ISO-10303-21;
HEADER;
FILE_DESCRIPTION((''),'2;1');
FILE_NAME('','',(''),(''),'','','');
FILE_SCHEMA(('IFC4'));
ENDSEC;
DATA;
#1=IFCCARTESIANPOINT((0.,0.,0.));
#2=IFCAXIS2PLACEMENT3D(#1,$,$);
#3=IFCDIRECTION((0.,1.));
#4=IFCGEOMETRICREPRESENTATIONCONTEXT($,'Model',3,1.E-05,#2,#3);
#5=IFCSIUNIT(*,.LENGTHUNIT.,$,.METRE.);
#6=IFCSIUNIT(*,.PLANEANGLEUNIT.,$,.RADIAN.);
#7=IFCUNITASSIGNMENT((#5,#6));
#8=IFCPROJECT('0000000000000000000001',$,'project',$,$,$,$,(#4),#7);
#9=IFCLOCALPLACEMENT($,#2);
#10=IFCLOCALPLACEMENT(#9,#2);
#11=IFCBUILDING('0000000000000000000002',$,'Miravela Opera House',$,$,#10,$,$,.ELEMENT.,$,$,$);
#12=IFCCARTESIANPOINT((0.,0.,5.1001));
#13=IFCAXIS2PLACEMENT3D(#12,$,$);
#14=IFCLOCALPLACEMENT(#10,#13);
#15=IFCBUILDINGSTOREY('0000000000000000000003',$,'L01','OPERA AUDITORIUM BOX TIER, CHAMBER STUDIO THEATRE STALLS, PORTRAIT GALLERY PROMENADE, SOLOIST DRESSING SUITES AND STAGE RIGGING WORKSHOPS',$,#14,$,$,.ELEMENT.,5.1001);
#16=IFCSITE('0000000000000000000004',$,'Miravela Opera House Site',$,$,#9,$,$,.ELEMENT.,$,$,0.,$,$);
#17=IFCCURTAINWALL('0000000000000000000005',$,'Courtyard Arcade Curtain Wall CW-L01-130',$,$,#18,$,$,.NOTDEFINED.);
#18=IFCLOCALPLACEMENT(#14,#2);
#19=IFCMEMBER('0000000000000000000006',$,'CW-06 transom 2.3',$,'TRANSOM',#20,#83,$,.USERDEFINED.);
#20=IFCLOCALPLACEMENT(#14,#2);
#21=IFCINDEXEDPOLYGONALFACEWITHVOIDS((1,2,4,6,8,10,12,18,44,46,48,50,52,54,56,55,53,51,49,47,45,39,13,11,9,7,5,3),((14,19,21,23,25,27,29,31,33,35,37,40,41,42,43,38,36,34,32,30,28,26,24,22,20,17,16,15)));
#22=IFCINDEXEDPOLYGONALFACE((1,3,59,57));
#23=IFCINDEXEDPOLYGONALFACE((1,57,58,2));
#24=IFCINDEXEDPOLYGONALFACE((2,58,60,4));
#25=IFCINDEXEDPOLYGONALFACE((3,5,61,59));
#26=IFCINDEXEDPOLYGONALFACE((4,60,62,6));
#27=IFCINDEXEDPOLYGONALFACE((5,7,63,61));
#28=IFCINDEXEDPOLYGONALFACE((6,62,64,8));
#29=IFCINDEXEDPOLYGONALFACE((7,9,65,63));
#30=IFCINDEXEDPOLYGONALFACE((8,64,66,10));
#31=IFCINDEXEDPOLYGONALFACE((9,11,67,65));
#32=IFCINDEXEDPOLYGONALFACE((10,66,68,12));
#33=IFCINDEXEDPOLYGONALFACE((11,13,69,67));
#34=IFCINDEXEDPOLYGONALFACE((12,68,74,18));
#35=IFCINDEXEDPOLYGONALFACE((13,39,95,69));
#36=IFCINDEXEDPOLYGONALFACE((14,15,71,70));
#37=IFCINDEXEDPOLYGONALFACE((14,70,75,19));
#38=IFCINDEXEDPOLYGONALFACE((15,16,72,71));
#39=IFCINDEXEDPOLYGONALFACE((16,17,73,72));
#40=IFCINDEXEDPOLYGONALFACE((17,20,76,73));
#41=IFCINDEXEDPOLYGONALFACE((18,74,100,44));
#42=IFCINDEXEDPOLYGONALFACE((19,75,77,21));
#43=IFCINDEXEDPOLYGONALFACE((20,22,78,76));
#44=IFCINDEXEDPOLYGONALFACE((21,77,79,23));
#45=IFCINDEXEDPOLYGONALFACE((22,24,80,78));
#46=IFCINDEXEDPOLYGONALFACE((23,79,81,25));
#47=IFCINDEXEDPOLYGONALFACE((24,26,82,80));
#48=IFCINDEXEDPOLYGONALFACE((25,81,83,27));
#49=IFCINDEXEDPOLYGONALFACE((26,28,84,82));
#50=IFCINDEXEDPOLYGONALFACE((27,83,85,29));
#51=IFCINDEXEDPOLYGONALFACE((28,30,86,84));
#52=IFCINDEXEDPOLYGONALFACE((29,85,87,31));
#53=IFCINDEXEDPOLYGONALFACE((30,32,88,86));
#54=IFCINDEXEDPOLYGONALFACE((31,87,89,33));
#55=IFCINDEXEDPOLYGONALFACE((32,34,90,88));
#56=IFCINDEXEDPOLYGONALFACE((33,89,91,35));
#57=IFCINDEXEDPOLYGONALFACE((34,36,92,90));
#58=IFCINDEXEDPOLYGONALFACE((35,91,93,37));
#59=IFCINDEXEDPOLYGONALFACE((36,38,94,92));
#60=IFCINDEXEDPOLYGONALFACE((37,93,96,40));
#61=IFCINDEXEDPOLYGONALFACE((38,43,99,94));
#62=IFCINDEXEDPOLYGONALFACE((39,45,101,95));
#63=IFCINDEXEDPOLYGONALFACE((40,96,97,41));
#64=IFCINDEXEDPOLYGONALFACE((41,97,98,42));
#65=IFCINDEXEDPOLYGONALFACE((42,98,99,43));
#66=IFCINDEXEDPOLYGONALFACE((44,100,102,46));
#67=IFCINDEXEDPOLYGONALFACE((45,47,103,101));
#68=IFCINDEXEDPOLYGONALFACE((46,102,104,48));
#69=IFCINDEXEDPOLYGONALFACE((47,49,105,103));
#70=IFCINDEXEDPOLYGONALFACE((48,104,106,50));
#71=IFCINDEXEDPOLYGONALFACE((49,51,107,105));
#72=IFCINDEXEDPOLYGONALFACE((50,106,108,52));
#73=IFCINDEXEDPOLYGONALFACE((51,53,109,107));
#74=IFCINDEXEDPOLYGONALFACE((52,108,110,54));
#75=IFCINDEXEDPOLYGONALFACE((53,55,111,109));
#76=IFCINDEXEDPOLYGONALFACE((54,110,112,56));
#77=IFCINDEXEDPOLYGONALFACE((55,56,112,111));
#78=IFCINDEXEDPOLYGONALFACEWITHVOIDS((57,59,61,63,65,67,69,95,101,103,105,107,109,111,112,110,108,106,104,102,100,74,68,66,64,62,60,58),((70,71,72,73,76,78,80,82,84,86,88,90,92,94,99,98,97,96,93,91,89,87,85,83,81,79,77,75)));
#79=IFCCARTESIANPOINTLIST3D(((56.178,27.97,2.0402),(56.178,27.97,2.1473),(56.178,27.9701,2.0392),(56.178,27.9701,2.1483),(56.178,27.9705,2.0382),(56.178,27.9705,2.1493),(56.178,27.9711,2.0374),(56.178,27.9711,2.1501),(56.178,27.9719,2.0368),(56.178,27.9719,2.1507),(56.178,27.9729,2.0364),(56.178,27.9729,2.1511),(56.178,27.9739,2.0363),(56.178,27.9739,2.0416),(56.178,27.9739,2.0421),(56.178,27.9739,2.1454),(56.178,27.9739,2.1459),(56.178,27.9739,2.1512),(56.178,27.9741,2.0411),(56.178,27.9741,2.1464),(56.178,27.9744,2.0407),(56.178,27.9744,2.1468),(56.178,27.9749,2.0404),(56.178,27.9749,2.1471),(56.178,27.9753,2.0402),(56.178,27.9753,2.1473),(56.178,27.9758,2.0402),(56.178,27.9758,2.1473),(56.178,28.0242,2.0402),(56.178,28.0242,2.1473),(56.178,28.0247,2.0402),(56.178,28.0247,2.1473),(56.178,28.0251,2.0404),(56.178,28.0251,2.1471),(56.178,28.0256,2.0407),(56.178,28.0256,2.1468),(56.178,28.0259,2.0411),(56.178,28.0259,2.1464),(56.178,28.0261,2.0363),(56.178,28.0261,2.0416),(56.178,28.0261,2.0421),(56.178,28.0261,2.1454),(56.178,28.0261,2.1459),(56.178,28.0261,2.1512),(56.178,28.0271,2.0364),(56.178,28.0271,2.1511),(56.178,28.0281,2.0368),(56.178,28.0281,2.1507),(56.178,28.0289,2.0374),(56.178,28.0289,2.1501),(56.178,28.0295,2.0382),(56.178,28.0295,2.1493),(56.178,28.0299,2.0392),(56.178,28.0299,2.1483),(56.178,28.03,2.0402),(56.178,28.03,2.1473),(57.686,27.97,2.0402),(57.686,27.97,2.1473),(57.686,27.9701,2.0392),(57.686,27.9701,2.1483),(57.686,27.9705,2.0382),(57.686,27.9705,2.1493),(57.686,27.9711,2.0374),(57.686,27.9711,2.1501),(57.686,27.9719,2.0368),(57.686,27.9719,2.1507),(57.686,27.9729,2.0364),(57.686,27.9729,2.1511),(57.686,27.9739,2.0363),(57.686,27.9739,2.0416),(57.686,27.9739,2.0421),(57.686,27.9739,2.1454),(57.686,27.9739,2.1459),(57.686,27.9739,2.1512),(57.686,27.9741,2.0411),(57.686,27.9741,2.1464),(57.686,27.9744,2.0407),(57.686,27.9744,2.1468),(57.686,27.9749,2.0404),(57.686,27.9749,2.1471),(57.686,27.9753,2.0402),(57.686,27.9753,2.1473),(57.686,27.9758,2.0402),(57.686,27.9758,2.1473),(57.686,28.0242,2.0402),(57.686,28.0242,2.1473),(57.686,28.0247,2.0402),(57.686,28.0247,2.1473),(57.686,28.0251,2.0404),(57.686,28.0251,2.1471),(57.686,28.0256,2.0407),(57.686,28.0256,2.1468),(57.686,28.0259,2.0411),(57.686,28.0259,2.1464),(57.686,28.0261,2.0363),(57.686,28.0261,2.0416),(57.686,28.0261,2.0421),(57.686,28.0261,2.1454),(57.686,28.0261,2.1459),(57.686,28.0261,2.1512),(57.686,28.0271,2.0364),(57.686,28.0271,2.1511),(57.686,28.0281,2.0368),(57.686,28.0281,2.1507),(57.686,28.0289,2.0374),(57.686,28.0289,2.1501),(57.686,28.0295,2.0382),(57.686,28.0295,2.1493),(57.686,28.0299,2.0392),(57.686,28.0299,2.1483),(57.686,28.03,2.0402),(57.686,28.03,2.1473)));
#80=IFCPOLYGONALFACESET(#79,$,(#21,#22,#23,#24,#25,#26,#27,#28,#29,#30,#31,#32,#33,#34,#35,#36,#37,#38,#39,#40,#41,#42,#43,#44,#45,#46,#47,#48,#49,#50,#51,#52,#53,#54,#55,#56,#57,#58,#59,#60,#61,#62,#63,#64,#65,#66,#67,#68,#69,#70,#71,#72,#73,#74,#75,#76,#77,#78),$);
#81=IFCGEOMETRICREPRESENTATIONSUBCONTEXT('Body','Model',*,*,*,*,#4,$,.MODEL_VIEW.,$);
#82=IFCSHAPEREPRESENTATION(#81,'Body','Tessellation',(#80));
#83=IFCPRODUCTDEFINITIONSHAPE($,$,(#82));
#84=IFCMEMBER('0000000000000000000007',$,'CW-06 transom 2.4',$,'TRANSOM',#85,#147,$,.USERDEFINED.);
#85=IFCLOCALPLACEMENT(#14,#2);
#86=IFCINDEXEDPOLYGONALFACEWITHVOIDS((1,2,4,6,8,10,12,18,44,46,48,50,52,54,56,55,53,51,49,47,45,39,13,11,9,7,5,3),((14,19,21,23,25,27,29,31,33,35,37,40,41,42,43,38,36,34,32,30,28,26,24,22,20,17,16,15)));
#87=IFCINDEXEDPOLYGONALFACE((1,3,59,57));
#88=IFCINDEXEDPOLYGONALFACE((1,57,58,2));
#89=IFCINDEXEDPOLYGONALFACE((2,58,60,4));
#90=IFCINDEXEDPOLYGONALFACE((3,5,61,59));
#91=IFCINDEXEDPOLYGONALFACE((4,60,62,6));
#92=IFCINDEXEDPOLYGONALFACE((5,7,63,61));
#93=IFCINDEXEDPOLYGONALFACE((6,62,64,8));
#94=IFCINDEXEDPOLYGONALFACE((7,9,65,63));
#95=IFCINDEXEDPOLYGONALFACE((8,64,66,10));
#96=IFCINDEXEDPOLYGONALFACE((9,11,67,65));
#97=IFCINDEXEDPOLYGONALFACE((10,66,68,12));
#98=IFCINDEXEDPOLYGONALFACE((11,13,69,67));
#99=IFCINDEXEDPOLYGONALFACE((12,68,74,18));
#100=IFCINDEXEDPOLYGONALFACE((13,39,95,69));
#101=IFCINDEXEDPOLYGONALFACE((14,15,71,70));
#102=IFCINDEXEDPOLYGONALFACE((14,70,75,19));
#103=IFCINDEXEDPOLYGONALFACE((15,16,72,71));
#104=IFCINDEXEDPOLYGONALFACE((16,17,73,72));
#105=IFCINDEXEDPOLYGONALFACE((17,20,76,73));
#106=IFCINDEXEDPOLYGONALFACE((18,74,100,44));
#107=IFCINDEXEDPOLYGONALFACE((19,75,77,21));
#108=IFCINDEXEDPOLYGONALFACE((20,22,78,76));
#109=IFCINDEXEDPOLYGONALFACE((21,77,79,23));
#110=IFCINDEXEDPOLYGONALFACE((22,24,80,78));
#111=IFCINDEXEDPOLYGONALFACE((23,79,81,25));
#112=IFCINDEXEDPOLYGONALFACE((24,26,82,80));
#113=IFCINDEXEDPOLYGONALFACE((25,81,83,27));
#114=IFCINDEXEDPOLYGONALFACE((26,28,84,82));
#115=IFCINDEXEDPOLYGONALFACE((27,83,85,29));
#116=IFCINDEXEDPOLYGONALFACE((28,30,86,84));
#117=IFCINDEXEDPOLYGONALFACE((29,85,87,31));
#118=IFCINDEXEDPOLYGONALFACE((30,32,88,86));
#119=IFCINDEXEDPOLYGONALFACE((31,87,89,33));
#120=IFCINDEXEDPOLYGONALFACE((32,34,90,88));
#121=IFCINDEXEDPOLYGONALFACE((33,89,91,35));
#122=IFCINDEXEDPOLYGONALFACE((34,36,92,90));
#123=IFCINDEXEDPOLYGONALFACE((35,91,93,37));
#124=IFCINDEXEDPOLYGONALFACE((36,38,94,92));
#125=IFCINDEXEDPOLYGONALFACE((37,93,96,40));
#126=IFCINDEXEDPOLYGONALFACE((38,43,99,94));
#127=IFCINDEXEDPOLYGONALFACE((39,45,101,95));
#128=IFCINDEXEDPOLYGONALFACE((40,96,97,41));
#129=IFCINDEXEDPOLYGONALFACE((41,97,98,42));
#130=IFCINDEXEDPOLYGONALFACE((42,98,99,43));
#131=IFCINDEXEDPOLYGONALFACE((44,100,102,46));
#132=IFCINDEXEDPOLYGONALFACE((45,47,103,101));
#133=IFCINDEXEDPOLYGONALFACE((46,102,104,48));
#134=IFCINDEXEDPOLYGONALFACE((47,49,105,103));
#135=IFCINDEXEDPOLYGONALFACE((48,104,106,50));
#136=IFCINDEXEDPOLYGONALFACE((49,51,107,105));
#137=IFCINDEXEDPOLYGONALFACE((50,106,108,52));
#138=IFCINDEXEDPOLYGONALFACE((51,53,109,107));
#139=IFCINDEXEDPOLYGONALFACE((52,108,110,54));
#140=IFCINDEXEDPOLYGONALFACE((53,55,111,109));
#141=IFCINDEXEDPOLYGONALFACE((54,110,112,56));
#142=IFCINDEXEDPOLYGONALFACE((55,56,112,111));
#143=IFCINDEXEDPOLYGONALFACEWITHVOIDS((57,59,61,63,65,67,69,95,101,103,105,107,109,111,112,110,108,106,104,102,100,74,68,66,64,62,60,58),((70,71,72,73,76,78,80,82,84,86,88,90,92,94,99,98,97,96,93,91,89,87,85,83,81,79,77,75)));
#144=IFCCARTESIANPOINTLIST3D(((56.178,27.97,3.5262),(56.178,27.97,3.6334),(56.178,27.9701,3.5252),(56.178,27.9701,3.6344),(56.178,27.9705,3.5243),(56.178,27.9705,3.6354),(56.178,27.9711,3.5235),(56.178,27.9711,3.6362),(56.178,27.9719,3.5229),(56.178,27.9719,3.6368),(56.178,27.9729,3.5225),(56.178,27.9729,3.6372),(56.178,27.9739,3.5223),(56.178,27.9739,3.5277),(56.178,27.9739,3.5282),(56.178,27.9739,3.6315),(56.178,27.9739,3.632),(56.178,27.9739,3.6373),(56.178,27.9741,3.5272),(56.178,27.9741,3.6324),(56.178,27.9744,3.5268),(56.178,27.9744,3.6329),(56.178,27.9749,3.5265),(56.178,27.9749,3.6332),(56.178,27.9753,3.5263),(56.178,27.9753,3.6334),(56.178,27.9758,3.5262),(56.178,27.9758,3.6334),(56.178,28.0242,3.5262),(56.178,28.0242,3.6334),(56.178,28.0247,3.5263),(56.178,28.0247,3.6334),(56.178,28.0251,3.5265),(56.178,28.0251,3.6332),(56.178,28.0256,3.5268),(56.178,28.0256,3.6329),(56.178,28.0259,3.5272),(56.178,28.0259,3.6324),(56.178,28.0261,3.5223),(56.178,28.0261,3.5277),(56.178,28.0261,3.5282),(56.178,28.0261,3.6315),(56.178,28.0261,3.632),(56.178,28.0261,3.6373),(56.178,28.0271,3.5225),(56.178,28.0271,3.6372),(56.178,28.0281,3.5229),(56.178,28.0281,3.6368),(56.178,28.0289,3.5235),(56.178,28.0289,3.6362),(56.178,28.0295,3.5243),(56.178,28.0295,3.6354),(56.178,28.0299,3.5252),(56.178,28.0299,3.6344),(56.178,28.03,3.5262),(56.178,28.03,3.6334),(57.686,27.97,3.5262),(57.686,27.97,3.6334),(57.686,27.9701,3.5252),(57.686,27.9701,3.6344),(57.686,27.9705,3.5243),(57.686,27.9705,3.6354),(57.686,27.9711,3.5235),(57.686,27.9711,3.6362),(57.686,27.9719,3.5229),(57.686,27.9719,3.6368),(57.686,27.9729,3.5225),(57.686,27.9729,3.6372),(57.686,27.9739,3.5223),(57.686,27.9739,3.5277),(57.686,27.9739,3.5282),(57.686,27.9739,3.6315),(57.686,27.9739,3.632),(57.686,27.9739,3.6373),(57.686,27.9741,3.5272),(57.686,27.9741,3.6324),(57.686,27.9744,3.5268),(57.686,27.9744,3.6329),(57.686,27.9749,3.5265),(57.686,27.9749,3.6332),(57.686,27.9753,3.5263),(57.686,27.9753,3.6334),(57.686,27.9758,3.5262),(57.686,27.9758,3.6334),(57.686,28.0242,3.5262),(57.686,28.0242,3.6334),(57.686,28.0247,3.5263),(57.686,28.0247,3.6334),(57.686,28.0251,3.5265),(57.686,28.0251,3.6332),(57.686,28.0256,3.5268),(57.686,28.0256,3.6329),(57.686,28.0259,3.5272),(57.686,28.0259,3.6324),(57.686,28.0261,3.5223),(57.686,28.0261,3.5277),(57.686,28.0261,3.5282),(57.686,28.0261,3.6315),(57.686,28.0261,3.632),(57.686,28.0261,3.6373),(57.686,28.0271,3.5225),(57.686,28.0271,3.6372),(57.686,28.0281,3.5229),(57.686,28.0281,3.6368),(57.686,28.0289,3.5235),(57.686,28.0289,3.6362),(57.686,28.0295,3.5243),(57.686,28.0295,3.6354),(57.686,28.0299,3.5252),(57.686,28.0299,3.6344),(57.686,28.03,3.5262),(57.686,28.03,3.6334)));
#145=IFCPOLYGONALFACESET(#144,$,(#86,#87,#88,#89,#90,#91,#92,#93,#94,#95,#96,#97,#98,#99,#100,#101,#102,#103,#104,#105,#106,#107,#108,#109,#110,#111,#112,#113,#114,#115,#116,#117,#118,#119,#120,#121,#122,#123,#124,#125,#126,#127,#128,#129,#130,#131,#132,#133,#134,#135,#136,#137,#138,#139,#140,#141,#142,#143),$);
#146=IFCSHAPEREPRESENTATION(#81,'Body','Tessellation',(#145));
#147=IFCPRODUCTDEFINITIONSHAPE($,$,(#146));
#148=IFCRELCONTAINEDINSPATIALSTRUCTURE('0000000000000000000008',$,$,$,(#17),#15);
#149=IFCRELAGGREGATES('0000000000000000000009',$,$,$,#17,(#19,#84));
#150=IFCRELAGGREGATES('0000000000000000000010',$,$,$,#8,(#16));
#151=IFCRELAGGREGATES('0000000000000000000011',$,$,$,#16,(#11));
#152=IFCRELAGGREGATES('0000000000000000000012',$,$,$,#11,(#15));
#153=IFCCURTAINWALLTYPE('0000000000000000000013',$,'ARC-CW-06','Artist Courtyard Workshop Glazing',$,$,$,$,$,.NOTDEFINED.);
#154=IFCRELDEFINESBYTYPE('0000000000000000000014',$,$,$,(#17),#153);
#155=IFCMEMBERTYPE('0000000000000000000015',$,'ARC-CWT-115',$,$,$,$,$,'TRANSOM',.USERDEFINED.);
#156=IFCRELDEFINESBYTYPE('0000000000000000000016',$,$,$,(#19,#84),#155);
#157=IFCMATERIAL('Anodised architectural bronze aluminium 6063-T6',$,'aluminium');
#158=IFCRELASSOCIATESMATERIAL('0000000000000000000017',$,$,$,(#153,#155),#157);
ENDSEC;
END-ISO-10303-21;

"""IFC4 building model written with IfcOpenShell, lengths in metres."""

from ifc_helpers import new_model, si_unit, direction, frame, origin, origin_2d, place, context, subcontext, project, spatial, hollow_rectangle, extrude, material, material_profile, profile_set, type_object, element, aggregate, save


model = new_model("IFC4")

# Units and contexts
model_context = context("Model", 3, precision=1e-05, world=origin(), true_north=direction((0.0, 1.0)))
body_context = subcontext(model_context, "Body", "Model", "MODEL_VIEW")
ifc_project = project(units=[si_unit("LENGTHUNIT", "METRE"), si_unit("PLANEANGLEUNIT", "RADIAN")], contexts=[model_context])

# Site, building, storey
site_placement = place(None, origin())
site = spatial("IfcSite", under=ifc_project, at=site_placement, Name="Miravela Opera House Site", CompositionType="ELEMENT", RefElevation=0.0)
building_placement = place(site_placement, origin())
building = spatial("IfcBuilding", under=site, at=building_placement, Name="Miravela Opera House", CompositionType="ELEMENT")
storey_placement = place(building_placement, frame((0.0, 0.0, 5.1001)))
storey = spatial("IfcBuildingStorey", under=building, at=storey_placement, Name="L01", Description="OPERA AUDITORIUM BOX TIER, CHAMBER STUDIO THEATRE STALLS, PORTRAIT GALLERY PROMENADE, SOLOIST DRESSING SUITES AND STAGE RIGGING WORKSHOPS", CompositionType="ELEMENT", Elevation=5.1001)

# Curtain wall, members
ifc_material_1 = material(Name="Anodised architectural bronze aluminium 6063-T6", Category="aluminium")
curtain_wall_type = type_object("IfcCurtainWallType", Name="ARC-CW-06", Description="Artist Courtyard Workshop Glazing", PredefinedType="NOTDEFINED", material=ifc_material_1)
curtain_wall_placement = place(storey_placement, origin())
curtain_wall = element("IfcCurtainWall", 1, at=curtain_wall_placement, inside=storey, type_object=curtain_wall_type, Name="Courtyard Arcade Curtain Wall CW-L01-130", PredefinedType="NOTDEFINED")
ifc_material_profile_1 = material_profile(ifc_material_1, hollow_rectangle(XDim=0.0601, YDim=0.115, WallThickness=0.0039, InnerFilletRadius=0.002, OuterFilletRadius=0.0039, at=origin_2d()), Name="CWT-60X115")
ifc_profile_set_1 = profile_set([ifc_material_profile_1])
member_type_1 = type_object("IfcMemberType", Name="ARC-CWT-115", ElementType="TRANSOM", PredefinedType="USERDEFINED", material=ifc_profile_set_1)
member_1_placement = place(storey_placement, frame((56.178, 28.0, 2.0938), z_axis=(1.0, 0.0, 0.0), x_axis=(0.0, 1.0, 0.0)))
member_1 = element("IfcMember", 2, at=member_1_placement, type_object=member_type_1, Name="CW-06 transom 2.3", ObjectType="TRANSOM", PredefinedType="USERDEFINED", context=body_context, shape_type="SweptSolid", body=[
    extrude(hollow_rectangle(XDim=0.0601, YDim=0.115, WallThickness=0.0039, InnerFilletRadius=0.002, OuterFilletRadius=0.0039, at=origin_2d()), origin(), (0.0, 0.0, 1.0), 1.5081),
])
member_2_placement = place(storey_placement, frame((56.178, 28.0, 3.5798), z_axis=(1.0, 0.0, 0.0), x_axis=(0.0, 1.0, 0.0)))
member_2 = element("IfcMember", 3, at=member_2_placement, type_object=member_type_1, Name="CW-06 transom 2.4", ObjectType="TRANSOM", PredefinedType="USERDEFINED", context=body_context, shape_type="SweptSolid", body=[
    extrude(hollow_rectangle(XDim=0.0601, YDim=0.115, WallThickness=0.0039, InnerFilletRadius=0.002, OuterFilletRadius=0.0039, at=origin_2d()), origin(), (0.0, 0.0, 1.0), 1.5081),
])

aggregate(curtain_wall, [member_1, member_2])

save(model, "model.ifc")
